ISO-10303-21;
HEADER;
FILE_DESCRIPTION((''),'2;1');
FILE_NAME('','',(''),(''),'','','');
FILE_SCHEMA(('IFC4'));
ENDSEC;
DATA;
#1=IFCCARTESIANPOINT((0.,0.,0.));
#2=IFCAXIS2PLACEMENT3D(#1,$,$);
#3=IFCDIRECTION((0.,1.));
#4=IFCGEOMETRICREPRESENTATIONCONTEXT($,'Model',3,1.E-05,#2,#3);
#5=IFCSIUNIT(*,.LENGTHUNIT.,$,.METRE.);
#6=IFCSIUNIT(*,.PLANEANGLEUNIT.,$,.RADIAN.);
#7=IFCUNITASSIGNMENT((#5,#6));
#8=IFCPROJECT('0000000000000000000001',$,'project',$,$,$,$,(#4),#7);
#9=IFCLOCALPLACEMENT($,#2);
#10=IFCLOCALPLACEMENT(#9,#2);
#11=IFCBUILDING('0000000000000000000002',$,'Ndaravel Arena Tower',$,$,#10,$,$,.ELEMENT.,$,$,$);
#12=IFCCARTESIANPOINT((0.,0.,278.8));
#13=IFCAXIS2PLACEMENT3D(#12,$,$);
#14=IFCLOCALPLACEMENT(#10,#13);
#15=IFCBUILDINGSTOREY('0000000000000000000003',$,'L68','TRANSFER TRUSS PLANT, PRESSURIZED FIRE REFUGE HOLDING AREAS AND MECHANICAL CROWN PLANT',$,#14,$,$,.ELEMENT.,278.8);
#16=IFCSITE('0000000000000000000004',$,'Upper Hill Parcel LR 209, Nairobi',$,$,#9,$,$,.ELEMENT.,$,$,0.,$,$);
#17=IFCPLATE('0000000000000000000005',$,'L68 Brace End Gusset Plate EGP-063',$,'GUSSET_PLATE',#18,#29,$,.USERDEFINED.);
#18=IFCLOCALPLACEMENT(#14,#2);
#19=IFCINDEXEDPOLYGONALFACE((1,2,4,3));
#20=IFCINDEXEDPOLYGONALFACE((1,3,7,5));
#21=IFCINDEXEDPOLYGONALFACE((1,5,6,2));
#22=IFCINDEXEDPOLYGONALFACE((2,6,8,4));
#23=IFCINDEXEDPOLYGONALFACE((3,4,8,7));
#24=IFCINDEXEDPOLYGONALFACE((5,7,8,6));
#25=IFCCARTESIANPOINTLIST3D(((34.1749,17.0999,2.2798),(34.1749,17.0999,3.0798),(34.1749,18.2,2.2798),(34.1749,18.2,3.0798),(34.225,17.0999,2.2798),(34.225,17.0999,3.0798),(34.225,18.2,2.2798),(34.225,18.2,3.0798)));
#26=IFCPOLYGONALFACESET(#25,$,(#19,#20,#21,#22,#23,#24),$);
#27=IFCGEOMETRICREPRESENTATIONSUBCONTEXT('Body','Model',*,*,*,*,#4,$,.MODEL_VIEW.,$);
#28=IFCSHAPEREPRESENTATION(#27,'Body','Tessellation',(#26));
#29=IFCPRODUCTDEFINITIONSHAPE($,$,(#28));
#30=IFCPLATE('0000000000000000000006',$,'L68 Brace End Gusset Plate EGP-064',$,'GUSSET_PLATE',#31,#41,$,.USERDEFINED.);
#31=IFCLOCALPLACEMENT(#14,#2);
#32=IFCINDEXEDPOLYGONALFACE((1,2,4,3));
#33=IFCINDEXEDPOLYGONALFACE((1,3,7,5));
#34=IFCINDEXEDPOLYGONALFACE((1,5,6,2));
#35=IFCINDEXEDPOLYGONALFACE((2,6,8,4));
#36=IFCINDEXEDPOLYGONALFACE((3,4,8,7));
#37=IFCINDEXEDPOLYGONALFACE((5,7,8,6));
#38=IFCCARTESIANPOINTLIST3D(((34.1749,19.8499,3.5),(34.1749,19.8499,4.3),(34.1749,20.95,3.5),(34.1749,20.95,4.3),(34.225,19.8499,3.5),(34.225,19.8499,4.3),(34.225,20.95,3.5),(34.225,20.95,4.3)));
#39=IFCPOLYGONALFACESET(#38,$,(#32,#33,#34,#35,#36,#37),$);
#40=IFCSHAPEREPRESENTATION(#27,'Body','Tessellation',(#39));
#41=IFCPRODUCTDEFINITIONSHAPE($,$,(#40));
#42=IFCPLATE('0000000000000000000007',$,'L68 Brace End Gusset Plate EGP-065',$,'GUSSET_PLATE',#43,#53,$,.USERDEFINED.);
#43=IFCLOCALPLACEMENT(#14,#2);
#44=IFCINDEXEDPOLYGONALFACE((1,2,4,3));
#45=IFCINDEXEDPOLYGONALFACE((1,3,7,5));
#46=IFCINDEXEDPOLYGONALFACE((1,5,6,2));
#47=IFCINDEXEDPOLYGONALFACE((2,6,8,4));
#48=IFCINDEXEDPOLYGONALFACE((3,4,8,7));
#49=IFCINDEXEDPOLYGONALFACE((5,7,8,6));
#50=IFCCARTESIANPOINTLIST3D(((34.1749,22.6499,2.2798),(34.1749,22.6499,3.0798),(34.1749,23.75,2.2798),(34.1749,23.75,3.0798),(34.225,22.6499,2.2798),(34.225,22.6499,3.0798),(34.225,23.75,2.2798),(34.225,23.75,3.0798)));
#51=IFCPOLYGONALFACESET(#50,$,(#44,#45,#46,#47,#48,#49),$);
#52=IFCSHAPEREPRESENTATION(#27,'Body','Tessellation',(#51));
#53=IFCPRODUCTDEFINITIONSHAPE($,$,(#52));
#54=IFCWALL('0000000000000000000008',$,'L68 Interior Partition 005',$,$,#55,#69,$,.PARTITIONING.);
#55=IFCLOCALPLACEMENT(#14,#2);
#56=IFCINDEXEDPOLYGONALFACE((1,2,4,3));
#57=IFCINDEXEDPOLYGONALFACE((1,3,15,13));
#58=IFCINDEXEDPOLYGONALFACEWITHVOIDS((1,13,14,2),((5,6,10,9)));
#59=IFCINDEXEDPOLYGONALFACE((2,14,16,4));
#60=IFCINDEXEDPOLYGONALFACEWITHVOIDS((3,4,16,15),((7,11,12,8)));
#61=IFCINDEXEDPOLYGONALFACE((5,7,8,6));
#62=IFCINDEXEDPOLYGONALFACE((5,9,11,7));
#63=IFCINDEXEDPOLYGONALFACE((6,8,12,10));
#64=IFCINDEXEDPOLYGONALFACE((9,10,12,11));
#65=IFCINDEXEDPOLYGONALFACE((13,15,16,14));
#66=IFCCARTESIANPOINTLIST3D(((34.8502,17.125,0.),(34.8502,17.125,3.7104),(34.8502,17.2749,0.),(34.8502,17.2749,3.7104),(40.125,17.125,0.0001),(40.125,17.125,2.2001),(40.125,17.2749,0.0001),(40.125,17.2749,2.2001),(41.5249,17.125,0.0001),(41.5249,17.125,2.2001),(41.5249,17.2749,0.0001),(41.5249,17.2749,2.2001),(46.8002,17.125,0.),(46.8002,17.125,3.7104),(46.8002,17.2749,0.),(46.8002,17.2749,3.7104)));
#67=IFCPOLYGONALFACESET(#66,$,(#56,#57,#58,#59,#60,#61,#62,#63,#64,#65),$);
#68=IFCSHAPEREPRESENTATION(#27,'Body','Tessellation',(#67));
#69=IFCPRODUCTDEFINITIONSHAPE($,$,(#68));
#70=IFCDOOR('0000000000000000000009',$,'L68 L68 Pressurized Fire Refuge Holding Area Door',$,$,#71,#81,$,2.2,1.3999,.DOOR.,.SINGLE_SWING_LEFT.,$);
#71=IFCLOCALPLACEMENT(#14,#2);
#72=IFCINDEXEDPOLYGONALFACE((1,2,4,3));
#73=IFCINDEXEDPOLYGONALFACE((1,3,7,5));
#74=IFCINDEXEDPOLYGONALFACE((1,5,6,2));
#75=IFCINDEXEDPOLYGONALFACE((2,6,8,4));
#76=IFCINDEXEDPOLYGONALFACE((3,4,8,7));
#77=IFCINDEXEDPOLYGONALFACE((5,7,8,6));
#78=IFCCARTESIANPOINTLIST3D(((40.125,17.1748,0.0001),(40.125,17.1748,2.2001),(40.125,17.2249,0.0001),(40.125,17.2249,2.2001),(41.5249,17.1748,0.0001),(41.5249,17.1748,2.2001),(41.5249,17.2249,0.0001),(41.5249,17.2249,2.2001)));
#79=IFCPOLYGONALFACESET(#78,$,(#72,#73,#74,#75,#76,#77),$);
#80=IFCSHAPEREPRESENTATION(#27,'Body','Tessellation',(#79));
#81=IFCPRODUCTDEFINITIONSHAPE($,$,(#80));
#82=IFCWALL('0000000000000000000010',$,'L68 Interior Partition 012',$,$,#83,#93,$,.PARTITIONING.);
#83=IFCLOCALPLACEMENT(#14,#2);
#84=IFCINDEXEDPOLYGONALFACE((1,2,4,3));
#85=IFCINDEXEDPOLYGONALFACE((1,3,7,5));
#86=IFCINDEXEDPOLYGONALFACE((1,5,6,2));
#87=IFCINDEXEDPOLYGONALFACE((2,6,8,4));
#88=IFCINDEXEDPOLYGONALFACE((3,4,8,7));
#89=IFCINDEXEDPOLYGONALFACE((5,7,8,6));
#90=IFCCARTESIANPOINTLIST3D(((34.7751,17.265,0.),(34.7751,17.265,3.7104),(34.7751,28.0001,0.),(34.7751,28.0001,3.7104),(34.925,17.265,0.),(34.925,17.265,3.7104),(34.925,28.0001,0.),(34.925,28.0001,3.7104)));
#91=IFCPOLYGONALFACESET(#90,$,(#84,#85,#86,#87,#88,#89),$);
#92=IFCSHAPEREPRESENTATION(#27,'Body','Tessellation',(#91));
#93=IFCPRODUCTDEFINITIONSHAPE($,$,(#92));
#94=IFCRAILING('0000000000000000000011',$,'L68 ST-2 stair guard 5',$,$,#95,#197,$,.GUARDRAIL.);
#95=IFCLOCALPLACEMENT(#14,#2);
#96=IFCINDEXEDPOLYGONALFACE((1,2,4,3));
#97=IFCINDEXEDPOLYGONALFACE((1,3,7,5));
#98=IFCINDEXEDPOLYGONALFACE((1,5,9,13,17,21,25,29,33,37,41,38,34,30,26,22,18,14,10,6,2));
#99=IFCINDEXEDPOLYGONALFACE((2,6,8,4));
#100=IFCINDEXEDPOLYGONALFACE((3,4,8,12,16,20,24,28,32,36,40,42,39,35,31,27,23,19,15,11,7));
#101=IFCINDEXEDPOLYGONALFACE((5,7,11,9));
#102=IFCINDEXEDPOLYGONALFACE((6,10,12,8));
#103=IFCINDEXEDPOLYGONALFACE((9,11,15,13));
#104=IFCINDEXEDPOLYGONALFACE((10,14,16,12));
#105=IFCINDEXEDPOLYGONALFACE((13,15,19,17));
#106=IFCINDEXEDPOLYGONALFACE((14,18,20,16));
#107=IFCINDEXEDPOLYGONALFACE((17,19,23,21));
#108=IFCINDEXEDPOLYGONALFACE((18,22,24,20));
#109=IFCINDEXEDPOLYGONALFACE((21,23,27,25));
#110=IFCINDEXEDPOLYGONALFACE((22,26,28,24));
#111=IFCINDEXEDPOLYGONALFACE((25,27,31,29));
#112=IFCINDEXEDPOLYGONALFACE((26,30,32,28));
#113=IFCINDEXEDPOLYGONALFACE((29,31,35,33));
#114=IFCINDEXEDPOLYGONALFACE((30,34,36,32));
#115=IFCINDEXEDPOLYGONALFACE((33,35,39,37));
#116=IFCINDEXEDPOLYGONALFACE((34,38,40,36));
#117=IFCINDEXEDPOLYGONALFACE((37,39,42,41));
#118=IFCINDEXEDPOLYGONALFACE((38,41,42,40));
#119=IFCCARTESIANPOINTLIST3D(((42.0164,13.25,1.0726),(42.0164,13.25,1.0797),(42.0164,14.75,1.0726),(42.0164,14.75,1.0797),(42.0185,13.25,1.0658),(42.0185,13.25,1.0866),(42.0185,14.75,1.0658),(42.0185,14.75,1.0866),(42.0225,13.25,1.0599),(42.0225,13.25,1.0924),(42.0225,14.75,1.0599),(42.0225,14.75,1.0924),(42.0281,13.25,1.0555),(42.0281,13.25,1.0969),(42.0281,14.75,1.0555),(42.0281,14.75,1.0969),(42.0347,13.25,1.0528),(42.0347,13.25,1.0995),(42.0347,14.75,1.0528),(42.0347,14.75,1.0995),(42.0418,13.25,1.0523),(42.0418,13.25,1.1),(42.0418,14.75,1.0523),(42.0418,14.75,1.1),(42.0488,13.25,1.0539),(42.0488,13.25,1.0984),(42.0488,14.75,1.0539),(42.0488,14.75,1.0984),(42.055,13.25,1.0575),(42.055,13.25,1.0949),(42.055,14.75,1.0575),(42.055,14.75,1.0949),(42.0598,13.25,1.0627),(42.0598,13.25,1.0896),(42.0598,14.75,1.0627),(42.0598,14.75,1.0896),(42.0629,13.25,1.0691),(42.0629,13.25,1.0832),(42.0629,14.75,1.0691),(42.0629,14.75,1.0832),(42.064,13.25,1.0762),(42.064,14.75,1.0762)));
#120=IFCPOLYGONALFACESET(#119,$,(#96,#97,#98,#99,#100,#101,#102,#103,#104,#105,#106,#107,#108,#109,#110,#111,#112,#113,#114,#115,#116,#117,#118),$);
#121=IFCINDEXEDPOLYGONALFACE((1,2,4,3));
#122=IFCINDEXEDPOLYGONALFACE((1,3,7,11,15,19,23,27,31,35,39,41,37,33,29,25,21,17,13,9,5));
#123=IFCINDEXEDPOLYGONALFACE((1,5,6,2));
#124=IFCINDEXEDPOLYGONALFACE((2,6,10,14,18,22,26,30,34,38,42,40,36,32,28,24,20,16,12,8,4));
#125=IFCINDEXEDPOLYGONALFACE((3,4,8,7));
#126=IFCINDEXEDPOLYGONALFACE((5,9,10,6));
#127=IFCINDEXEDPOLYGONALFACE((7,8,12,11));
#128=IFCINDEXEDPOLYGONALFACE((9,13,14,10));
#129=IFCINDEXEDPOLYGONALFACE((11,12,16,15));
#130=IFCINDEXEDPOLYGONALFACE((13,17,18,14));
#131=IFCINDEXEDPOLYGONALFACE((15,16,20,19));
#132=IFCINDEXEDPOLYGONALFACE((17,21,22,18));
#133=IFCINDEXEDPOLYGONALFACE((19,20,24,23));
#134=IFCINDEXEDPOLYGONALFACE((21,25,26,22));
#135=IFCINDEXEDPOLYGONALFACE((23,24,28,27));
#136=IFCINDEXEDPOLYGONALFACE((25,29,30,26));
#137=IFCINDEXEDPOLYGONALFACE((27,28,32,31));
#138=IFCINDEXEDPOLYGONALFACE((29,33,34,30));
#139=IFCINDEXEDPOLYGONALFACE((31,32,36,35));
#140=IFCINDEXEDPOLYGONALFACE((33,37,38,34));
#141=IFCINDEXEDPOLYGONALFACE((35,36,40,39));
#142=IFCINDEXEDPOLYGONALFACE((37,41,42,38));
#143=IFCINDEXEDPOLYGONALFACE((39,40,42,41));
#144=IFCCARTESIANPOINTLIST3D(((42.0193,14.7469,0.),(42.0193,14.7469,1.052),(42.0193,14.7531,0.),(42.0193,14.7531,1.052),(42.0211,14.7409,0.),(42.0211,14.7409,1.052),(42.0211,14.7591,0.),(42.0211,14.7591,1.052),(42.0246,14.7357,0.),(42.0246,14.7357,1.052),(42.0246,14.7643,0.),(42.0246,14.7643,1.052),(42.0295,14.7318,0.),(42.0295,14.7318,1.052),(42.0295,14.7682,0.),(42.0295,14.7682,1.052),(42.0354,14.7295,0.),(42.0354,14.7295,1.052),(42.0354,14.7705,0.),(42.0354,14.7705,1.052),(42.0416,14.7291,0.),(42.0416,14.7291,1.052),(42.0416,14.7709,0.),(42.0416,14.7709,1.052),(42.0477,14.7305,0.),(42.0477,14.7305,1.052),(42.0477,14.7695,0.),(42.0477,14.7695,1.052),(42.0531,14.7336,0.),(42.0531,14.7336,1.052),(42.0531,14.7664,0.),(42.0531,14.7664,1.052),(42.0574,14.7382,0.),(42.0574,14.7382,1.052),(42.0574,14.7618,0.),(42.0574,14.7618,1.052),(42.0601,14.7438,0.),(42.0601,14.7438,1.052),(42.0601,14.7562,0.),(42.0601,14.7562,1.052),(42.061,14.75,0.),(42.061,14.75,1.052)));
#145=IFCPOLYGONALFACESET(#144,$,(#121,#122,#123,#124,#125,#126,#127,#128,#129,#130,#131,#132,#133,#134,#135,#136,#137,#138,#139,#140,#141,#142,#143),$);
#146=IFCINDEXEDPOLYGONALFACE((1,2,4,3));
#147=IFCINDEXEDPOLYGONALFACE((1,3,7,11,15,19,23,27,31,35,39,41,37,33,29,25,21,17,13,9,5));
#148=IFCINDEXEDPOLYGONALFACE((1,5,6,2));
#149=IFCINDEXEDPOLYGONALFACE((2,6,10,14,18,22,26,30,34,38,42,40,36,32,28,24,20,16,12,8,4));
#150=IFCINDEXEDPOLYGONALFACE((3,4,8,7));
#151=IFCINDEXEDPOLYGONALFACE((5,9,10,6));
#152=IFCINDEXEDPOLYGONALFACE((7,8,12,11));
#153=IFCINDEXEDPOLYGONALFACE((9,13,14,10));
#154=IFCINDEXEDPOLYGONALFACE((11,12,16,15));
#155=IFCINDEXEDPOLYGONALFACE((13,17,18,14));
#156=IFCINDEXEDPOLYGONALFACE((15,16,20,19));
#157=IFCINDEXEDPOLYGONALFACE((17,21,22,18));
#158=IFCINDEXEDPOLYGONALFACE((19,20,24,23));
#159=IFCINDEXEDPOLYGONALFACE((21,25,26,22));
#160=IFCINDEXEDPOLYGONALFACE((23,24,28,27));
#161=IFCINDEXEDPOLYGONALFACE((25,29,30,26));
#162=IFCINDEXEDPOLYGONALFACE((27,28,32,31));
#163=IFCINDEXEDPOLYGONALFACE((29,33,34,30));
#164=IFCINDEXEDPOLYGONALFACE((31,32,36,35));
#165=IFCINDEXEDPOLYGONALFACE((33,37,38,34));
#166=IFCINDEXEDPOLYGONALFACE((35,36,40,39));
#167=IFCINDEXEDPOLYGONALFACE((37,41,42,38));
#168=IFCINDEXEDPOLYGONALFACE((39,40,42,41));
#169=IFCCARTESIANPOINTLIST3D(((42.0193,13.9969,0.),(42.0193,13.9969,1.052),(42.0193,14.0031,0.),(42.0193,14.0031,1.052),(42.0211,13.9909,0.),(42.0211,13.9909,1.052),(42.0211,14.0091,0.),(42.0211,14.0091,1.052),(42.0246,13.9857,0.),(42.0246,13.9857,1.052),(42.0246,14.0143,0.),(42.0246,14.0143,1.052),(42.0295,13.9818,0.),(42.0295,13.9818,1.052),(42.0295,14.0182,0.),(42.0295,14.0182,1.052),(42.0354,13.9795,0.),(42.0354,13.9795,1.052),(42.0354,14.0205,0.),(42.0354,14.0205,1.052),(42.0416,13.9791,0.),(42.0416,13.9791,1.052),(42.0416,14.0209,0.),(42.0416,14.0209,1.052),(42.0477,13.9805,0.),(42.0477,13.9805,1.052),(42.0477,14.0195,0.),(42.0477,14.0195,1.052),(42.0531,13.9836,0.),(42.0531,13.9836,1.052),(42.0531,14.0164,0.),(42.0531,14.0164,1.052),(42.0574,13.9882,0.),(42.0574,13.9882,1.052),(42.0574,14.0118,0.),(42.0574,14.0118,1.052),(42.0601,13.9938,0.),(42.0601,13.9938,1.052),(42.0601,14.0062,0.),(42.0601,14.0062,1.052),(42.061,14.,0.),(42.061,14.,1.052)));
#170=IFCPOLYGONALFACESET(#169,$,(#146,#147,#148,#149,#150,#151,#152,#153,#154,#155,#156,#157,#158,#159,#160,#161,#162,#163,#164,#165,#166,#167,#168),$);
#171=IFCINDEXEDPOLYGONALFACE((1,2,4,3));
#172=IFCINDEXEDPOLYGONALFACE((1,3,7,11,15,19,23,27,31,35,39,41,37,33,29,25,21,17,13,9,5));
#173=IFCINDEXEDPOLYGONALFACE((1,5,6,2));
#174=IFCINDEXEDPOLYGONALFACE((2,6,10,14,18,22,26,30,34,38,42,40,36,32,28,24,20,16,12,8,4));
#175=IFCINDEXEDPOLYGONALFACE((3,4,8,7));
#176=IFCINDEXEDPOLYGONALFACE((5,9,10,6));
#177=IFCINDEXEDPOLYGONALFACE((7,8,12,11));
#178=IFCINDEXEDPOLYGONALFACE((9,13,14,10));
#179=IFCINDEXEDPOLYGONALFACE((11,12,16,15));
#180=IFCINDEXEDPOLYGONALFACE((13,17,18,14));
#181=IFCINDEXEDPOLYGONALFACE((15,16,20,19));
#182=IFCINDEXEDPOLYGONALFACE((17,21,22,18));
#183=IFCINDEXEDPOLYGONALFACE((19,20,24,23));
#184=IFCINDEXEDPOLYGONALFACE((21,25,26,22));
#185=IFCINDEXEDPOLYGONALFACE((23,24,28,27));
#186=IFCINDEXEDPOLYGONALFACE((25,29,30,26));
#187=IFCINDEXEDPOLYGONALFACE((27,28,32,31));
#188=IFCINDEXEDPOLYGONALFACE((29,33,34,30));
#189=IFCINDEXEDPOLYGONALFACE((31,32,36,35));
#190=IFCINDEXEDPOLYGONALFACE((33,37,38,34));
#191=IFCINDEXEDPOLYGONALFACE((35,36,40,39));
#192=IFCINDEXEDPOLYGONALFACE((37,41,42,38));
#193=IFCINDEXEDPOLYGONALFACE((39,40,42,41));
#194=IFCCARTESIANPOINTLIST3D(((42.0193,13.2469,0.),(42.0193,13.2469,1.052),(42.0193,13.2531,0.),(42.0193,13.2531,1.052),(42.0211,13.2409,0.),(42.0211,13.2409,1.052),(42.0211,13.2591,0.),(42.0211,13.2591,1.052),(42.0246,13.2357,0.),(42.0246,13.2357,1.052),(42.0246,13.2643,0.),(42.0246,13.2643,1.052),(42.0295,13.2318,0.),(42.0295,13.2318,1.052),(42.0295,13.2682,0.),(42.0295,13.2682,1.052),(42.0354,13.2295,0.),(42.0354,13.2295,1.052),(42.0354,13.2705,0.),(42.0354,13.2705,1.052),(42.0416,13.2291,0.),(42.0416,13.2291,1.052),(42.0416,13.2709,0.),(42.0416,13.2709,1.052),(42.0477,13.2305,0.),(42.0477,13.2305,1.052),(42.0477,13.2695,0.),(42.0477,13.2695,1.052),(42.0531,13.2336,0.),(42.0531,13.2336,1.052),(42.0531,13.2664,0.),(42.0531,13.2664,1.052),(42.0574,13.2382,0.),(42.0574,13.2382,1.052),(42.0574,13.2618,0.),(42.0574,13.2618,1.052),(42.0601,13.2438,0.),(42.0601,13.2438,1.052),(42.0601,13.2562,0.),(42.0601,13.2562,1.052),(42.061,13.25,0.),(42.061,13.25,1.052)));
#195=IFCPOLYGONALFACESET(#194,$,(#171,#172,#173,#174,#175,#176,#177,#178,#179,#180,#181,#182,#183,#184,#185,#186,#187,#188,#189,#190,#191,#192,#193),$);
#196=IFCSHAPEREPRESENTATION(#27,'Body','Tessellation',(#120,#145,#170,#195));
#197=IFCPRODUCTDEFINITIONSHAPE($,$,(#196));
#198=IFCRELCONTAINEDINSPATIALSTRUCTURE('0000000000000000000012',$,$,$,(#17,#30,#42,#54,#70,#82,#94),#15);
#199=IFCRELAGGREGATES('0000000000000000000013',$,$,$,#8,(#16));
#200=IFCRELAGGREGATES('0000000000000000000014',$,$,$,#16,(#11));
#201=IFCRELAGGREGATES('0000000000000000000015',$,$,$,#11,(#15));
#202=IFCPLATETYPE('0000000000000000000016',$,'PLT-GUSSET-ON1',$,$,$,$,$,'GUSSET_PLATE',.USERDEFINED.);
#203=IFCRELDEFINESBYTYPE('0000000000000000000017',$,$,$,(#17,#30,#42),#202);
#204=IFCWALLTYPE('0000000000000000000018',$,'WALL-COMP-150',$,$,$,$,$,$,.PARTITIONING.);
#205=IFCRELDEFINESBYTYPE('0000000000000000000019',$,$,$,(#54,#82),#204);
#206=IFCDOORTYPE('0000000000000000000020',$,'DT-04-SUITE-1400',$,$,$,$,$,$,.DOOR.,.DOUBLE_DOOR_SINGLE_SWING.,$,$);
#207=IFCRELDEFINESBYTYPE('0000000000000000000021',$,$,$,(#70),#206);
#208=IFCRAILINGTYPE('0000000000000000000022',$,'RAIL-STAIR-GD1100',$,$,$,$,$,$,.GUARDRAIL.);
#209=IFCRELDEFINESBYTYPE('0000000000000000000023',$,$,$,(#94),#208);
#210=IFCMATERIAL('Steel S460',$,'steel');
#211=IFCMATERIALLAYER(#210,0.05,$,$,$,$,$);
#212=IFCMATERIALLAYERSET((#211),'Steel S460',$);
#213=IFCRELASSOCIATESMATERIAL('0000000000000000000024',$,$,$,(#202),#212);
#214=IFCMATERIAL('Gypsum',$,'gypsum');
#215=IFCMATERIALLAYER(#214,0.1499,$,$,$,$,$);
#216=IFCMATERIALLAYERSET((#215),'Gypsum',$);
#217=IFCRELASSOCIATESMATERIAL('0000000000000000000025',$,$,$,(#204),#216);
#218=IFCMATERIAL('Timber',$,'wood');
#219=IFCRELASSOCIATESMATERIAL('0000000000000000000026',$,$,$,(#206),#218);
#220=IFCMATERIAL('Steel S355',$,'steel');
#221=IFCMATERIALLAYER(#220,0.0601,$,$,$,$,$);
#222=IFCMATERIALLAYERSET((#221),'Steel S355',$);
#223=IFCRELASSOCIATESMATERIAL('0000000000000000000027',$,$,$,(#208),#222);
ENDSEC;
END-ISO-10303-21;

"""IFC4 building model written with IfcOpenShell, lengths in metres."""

from ifc_helpers import new_model, si_unit, direction, frame, frame_2d, origin, origin_2d, place, context, subcontext, project, spatial, rectangle, circle, extrude, material, layer, layer_set, type_object, element, fill, save


model = new_model("IFC4")

# Units and contexts
model_context = context("Model", 3, precision=1e-05, world=origin(), true_north=direction((0.0, 1.0)))
body_context = subcontext(model_context, "Body", "Model", "MODEL_VIEW")
ifc_project = project(units=[si_unit("LENGTHUNIT", "METRE"), si_unit("PLANEANGLEUNIT", "RADIAN")], contexts=[model_context])

# Site, building, storey
site_placement = place(None, origin())
site = spatial("IfcSite", under=ifc_project, at=site_placement, Name="Upper Hill Parcel LR 209, Nairobi", CompositionType="ELEMENT", RefElevation=0.0)
building_placement = place(site_placement, origin())
building = spatial("IfcBuilding", under=site, at=building_placement, Name="Ndaravel Arena Tower", CompositionType="ELEMENT")
storey_placement = place(building_placement, frame((0.0, 0.0, 278.8)))
storey = spatial("IfcBuildingStorey", under=building, at=storey_placement, Name="L68", Description="TRANSFER TRUSS PLANT, PRESSURIZED FIRE REFUGE HOLDING AREAS AND MECHANICAL CROWN PLANT", CompositionType="ELEMENT", Elevation=278.8)

# Plates
ifc_material_1 = material(Name="Steel S460", Category="steel")
ifc_layer_1 = layer(ifc_material_1, 0.05)
ifc_layer_set_1 = layer_set([ifc_layer_1], Name="Steel S460")
plate_type_1 = type_object("IfcPlateType", Name="PLT-GUSSET-ON1", ElementType="GUSSET_PLATE", PredefinedType="USERDEFINED", material=ifc_layer_set_1)
for number, where, z_axis, x_axis, name in (
    (1, (34.2, 17.6499, 2.2798), (0.0, 0.0, 1.0), (1.0, 0.0, 0.0), "L68 Brace End Gusset Plate EGP-063"),
    (2, (34.2, 20.3999, 3.5), (0.0, 0.0, 1.0), (1.0, 0.0, 0.0), "L68 Brace End Gusset Plate EGP-064"),
    (3, (34.2, 23.2, 2.2798), (0.0, 0.0, 1.0), (1.0, 0.0, 0.0), "L68 Brace End Gusset Plate EGP-065"),
):
    element("IfcPlate", number, at=place(storey_placement, frame(where, z_axis=z_axis, x_axis=x_axis)), inside=storey, type_object=plate_type_1, Name=name, ObjectType="GUSSET_PLATE", PredefinedType="USERDEFINED", context=body_context, shape_type="SweptSolid", body=[
        extrude(rectangle(XDim=0.05, YDim=1.1001, at=origin_2d()), origin(), (0.0, 0.0, 1.0), 0.8),
    ])

# Wall, opening, door
ifc_material_2 = material(Name="Gypsum", Category="gypsum")
ifc_layer_2 = layer(ifc_material_2, 0.1499)
ifc_layer_set_2 = layer_set([ifc_layer_2], Name="Gypsum")
wall_type = type_object("IfcWallType", Name="WALL-COMP-150", PredefinedType="PARTITIONING", material=ifc_layer_set_2)
wall_1_placement = place(storey_placement, frame((34.8501, 17.2, 0.0), z_axis=(0.0, 0.0, 1.0), x_axis=(1.0, 0.0, 0.0)))
wall_1 = element("IfcWall", 4, at=wall_1_placement, inside=storey, type_object=wall_type, Name="L68 Interior Partition 005", PredefinedType="PARTITIONING", context=body_context, shape_type="SweptSolid", body=[
    extrude(rectangle(XDim=11.95, YDim=0.1499, at=frame_2d((5.9751, 0.0))), origin(), (0.0, 0.0, 1.0), 3.7104),
])
opening_placement = place(wall_1_placement, frame((5.2749, 0.0, 0.0)))
opening = element("IfcOpeningElement", 5, at=opening_placement, cuts=wall_1, PredefinedType="OPENING", context=body_context, shape_type="SweptSolid", body=[
    extrude(rectangle(XDim=1.3999, YDim=2.2, at=frame_2d((0.7, 1.1001))), frame((0.0, 0.075, 0.0), z_axis=(0.0, -1.0, 0.0), x_axis=(1.0, 0.0, 0.0)), (0.0, 0.0, 1.0), 0.1499),
])
ifc_material_3 = material(Name="Timber", Category="wood")
door_type = type_object("IfcDoorType", Name="DT-04-SUITE-1400", OperationType="DOUBLE_DOOR_SINGLE_SWING", PredefinedType="DOOR", material=ifc_material_3)
door_placement = place(opening_placement, origin())
door = element("IfcDoor", 6, at=door_placement, inside=storey, type_object=door_type, Name="L68 L68 Pressurized Fire Refuge Holding Area Door", OperationType="SINGLE_SWING_LEFT", OverallHeight=2.2, OverallWidth=1.3999, PredefinedType="DOOR", context=body_context, shape_type="SweptSolid", body=[
    extrude(rectangle(XDim=1.3999, YDim=2.2, at=frame_2d((0.7, 1.1001))), frame((0.0, 0.0249, 0.0), z_axis=(0.0, -1.0, 0.0), x_axis=(1.0, 0.0, 0.0)), (0.0, 0.0, 1.0), 0.05),
])
fill(opening, door)

# Wall
wall_2_placement = place(storey_placement, frame((34.8501, 17.2649, 0.0), z_axis=(0.0, 0.0, 1.0), x_axis=(0.0, 1.0, 0.0)))
element("IfcWall", 7, at=wall_2_placement, inside=storey, type_object=wall_type, Name="L68 Interior Partition 012", PredefinedType="PARTITIONING", context=body_context, shape_type="SweptSolid", body=[
    extrude(rectangle(XDim=10.7351, YDim=0.1499, at=frame_2d((5.3677, 0.0))), origin(), (0.0, 0.0, 1.0), 3.7104),
])

# Railing
ifc_material_4 = material(Name="Steel S355", Category="steel")
ifc_layer_3 = layer(ifc_material_4, 0.0601)
ifc_layer_set_3 = layer_set([ifc_layer_3], Name="Steel S355")
railing_type = type_object("IfcRailingType", Name="RAIL-STAIR-GD1100", PredefinedType="GUARDRAIL", material=ifc_layer_set_3)
railing_placement = place(storey_placement, frame((42.04, 14.75, 0.0)))
element("IfcRailing", 8, at=railing_placement, inside=storey, type_object=railing_type, Name="L68 ST-2 stair guard 5", PredefinedType="GUARDRAIL", context=body_context, shape_type="SweptSolid", body=[
    extrude(circle(Radius=0.0239, at=origin_2d()), frame((0.0, 0.0, 1.0762), z_axis=(0.0, -1.0, 0.0), x_axis=(1.0, 0.0, 0.0)), (0.0, 0.0, 1.0), 1.5),
    extrude(circle(Radius=0.021, at=origin_2d()), origin(), (0.0, 0.0, 1.0), 1.052),
    extrude(circle(Radius=0.021, at=origin_2d()), frame((0.0, -0.75, 0.0)), (0.0, 0.0, 1.0), 1.052),
    extrude(circle(Radius=0.021, at=origin_2d()), frame((0.0, -1.5, 0.0)), (0.0, 0.0, 1.0), 1.052),
])

save(model, "model.ifc")
